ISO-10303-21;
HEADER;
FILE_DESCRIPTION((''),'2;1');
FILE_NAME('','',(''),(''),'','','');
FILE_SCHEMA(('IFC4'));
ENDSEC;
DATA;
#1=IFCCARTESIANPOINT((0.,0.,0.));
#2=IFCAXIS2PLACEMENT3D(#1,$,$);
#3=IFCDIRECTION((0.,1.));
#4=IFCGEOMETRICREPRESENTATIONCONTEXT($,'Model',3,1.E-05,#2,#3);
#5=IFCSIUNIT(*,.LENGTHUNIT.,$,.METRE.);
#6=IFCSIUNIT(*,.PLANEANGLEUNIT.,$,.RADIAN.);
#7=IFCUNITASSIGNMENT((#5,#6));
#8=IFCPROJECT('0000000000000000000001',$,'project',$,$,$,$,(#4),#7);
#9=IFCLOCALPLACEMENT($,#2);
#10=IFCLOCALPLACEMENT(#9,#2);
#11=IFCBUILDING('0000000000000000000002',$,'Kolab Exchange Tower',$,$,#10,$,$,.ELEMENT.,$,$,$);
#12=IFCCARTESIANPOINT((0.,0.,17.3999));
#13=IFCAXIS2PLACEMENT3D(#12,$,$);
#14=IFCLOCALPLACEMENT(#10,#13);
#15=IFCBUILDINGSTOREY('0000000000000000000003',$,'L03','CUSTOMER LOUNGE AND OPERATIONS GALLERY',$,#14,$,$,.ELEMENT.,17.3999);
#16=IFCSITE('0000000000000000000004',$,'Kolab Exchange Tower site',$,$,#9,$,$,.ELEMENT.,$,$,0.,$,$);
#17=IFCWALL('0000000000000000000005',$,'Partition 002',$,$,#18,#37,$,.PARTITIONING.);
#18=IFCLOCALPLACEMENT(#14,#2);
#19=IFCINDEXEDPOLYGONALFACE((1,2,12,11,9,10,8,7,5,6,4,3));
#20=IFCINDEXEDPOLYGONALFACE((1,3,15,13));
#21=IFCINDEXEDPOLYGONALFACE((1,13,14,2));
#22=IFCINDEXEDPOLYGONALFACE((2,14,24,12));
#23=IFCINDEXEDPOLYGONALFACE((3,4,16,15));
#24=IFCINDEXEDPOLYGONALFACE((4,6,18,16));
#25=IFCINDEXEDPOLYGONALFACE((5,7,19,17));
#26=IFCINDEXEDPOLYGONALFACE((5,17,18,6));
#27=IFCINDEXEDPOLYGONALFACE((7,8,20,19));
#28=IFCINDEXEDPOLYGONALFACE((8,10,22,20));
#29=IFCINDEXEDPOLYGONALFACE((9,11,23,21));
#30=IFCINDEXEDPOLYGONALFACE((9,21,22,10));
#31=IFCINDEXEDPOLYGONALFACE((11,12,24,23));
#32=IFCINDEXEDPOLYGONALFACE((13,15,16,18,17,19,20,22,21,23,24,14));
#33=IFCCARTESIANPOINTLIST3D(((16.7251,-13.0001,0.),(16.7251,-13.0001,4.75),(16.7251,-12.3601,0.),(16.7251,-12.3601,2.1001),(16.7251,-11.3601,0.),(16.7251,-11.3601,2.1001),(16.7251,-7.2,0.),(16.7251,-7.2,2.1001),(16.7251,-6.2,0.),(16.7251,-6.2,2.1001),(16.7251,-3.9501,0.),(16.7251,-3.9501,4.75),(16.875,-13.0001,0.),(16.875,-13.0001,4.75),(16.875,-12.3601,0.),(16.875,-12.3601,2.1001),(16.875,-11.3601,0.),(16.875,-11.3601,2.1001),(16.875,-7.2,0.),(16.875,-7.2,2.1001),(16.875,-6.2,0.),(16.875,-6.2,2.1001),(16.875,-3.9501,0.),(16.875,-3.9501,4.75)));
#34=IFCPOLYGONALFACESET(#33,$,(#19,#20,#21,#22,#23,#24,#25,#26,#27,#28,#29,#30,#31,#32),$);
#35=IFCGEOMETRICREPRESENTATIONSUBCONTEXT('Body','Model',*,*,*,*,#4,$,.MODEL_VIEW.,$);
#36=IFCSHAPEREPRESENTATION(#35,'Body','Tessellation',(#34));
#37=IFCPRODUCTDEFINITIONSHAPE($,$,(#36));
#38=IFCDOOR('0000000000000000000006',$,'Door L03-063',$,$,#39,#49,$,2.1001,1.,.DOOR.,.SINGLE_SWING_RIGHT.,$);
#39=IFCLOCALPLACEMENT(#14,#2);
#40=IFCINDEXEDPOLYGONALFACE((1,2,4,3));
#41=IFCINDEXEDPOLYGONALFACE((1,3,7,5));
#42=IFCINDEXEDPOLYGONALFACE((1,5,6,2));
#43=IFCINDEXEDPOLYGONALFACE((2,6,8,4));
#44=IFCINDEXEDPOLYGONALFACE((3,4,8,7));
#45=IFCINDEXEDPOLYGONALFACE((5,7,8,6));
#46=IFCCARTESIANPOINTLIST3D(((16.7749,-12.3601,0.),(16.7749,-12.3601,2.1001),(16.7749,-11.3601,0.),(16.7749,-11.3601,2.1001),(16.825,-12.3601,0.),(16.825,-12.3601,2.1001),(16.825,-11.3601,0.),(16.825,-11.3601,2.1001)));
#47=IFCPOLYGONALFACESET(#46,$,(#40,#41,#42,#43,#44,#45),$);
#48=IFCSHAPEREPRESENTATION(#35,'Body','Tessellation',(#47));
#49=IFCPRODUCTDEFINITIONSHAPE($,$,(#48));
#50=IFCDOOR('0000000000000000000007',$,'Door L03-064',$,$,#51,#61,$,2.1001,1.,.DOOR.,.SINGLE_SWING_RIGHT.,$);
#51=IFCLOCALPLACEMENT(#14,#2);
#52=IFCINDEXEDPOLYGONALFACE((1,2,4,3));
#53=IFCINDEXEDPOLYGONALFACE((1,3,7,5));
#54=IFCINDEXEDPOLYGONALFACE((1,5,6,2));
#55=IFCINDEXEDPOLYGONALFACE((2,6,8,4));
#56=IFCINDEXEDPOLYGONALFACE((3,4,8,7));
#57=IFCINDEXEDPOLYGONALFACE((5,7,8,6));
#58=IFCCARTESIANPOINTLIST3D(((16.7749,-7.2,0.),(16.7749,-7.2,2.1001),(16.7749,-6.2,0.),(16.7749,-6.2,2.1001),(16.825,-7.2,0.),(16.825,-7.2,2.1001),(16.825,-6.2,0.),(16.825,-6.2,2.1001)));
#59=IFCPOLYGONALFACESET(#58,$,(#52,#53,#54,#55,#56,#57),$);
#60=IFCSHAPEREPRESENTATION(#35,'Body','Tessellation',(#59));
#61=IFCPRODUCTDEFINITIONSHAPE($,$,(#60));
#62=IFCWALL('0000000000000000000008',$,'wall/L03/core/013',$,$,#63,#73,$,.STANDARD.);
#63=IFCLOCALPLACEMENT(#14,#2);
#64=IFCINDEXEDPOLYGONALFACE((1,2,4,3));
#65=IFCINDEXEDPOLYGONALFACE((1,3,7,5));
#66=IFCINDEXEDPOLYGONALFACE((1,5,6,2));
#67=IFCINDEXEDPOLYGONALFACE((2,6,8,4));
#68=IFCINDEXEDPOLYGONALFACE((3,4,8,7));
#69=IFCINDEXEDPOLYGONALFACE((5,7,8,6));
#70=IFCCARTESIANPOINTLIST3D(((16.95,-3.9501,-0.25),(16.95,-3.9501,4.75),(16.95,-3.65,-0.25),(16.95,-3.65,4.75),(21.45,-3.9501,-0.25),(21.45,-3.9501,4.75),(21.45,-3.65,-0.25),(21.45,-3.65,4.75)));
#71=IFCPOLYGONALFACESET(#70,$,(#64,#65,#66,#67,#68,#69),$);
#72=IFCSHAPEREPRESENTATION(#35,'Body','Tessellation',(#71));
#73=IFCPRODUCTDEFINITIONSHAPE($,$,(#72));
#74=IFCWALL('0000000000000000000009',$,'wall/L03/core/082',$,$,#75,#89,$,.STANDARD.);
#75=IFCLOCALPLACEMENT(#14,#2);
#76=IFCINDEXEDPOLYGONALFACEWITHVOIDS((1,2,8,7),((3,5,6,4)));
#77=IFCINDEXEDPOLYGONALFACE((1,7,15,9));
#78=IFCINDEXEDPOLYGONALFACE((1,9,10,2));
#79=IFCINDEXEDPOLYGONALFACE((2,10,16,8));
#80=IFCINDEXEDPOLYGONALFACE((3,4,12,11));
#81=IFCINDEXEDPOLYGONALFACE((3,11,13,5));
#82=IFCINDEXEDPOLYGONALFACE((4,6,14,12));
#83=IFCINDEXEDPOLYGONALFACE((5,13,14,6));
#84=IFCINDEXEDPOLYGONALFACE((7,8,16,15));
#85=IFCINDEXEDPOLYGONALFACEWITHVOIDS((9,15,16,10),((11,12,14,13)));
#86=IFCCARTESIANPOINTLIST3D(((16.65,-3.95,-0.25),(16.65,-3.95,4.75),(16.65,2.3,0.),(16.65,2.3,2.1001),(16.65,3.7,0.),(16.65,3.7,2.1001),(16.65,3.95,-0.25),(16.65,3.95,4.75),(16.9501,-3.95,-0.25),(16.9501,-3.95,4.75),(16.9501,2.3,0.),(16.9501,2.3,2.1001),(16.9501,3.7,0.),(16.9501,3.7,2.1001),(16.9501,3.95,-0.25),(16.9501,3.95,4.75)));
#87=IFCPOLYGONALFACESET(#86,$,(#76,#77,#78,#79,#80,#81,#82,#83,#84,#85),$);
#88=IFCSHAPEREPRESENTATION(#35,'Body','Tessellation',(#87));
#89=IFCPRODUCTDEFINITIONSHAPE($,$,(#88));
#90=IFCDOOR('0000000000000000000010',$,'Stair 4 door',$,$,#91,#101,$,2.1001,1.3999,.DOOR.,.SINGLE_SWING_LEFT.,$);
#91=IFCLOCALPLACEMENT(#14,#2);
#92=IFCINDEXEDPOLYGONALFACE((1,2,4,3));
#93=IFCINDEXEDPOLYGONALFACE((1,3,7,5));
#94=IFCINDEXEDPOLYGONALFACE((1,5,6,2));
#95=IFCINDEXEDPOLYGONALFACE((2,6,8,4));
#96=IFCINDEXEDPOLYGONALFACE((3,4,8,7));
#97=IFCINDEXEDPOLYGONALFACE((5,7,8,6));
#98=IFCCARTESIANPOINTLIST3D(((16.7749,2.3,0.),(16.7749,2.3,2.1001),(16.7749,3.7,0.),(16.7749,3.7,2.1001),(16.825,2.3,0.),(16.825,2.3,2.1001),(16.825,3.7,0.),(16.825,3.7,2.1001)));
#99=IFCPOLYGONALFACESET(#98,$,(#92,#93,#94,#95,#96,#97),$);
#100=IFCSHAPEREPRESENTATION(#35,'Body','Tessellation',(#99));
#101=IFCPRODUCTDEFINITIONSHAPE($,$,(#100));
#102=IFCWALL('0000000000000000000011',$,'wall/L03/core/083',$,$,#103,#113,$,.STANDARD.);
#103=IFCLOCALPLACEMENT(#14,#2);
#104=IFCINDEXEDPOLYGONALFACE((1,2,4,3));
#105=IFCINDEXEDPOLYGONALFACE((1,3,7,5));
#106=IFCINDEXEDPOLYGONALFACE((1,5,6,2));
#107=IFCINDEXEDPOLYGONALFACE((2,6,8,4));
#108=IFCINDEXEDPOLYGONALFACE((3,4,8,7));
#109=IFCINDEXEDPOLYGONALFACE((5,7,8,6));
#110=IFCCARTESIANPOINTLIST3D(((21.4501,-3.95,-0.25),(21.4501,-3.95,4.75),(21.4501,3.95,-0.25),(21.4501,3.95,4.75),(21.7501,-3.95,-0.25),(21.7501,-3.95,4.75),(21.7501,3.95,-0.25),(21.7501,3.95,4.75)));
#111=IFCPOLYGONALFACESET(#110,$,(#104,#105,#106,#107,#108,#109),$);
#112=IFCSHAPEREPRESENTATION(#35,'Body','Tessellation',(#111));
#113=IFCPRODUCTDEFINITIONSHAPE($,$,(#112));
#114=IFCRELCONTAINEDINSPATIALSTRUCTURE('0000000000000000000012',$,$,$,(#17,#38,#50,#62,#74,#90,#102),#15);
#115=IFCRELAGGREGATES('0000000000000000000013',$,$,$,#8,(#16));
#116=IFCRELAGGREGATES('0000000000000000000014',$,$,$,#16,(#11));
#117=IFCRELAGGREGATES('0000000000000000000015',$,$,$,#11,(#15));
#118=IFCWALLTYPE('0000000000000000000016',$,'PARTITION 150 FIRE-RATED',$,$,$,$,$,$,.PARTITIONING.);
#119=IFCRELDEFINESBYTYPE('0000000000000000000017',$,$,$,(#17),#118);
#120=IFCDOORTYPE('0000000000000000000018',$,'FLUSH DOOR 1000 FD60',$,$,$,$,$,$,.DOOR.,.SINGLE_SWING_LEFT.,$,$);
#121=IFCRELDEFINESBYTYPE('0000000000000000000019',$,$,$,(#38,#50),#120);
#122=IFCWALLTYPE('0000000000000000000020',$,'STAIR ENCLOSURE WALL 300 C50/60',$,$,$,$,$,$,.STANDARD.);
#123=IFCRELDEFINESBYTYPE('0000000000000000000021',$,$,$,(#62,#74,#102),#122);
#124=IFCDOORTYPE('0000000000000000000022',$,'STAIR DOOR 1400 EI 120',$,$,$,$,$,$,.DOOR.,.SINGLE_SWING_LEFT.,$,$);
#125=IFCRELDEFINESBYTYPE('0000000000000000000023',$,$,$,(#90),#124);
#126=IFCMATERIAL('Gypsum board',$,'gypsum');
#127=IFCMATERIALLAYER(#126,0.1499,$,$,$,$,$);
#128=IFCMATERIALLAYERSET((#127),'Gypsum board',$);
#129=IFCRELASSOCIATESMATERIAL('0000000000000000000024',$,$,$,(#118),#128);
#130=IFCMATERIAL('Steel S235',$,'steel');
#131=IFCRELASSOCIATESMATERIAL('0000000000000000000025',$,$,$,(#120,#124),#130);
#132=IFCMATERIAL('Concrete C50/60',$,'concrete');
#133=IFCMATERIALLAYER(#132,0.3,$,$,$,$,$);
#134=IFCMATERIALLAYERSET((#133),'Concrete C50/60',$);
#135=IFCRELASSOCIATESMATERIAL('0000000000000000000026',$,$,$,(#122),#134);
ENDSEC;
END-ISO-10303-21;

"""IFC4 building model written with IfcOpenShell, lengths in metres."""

from ifc_helpers import new_model, si_unit, direction, frame, frame_2d, origin, place, context, subcontext, project, spatial, rectangle, extrude, material, layer, layer_set, type_object, element, fill, save


model = new_model("IFC4")

# Units and contexts
model_context = context("Model", 3, precision=1e-05, world=origin(), true_north=direction((0.0, 1.0)))
body_context = subcontext(model_context, "Body", "Model", "MODEL_VIEW")
ifc_project = project(units=[si_unit("LENGTHUNIT", "METRE"), si_unit("PLANEANGLEUNIT", "RADIAN")], contexts=[model_context])

# Site, building, storey
site_placement = place(None, origin())
site = spatial("IfcSite", under=ifc_project, at=site_placement, Name="Kolab Exchange Tower site", CompositionType="ELEMENT", RefElevation=0.0)
building_placement = place(site_placement, origin())
building = spatial("IfcBuilding", under=site, at=building_placement, Name="Kolab Exchange Tower", CompositionType="ELEMENT")
storey_placement = place(building_placement, frame((0.0, 0.0, 17.3999)))
storey = spatial("IfcBuildingStorey", under=building, at=storey_placement, Name="L03", Description="CUSTOMER LOUNGE AND OPERATIONS GALLERY", CompositionType="ELEMENT", Elevation=17.3999)

# Shared definitions
ifc_material_1 = material(Name="Gypsum board", Category="gypsum")

# Wall, openings, doors
ifc_layer_1 = layer(ifc_material_1, 0.1499)
ifc_layer_set_1 = layer_set([ifc_layer_1], Name="Gypsum board")
wall_type_1 = type_object("IfcWallType", Name="PARTITION 150 FIRE-RATED", PredefinedType="PARTITIONING", material=ifc_layer_set_1)
wall_1_placement = place(storey_placement, frame((16.8, -13.0, 0.0), z_axis=(0.0, 0.0, 1.0), x_axis=(0.0, 1.0, 0.0)))
wall_1 = element("IfcWall", 1, at=wall_1_placement, inside=storey, type_object=wall_type_1, Name="Partition 002", PredefinedType="PARTITIONING", context=body_context, shape_type="SweptSolid", body=[
    extrude(rectangle(XDim=9.05, YDim=0.1499, at=frame_2d((4.5249, 0.0))), origin(), (0.0, 0.0, 1.0), 4.75),
])
opening_1_placement = place(wall_1_placement, frame((0.6399, 0.0, 0.0)))
opening_1 = element("IfcOpeningElement", 2, at=opening_1_placement, cuts=wall_1, PredefinedType="OPENING", context=body_context, shape_type="SweptSolid", body=[
    extrude(rectangle(XDim=1.0, YDim=2.1001, at=frame_2d((0.5, 1.05))), frame((0.0, 0.085, 0.0), z_axis=(0.0, -1.0, 0.0), x_axis=(1.0, 0.0, 0.0)), (0.0, 0.0, 1.0), 0.1699),
])
opening_2_placement = place(wall_1_placement, frame((5.8, 0.0, 0.0)))
opening_2 = element("IfcOpeningElement", 3, at=opening_2_placement, cuts=wall_1, PredefinedType="OPENING", context=body_context, shape_type="SweptSolid", body=[
    extrude(rectangle(XDim=1.0, YDim=2.1001, at=frame_2d((0.5, 1.05))), frame((0.0, 0.085, 0.0), z_axis=(0.0, -1.0, 0.0), x_axis=(1.0, 0.0, 0.0)), (0.0, 0.0, 1.0), 0.1699),
])
ifc_material_2 = material(Name="Steel S235", Category="steel")
door_type_1 = type_object("IfcDoorType", Name="FLUSH DOOR 1000 FD60", OperationType="SINGLE_SWING_LEFT", PredefinedType="DOOR", material=ifc_material_2)
door_1_placement = place(opening_1_placement, frame((1.0, 0.0, 0.0), z_axis=(0.0, 0.0, 1.0), x_axis=(-1.0, 0.0, 0.0)))
door_1 = element("IfcDoor", 4, at=door_1_placement, inside=storey, type_object=door_type_1, Name="Door L03-063", OperationType="SINGLE_SWING_RIGHT", OverallHeight=2.1001, OverallWidth=1.0, PredefinedType="DOOR", context=body_context, shape_type="SweptSolid", body=[
    extrude(rectangle(XDim=1.0, YDim=2.1001, at=frame_2d((0.5, 1.05))), frame((0.0, 0.0249, 0.0), z_axis=(0.0, -1.0, 0.0), x_axis=(1.0, 0.0, 0.0)), (0.0, 0.0, 1.0), 0.05),
])
fill(opening_1, door_1)
door_2_placement = place(opening_2_placement, frame((1.0, 0.0, 0.0), z_axis=(0.0, 0.0, 1.0), x_axis=(-1.0, 0.0, 0.0)))
door_2 = element("IfcDoor", 5, at=door_2_placement, inside=storey, type_object=door_type_1, Name="Door L03-064", OperationType="SINGLE_SWING_RIGHT", OverallHeight=2.1001, OverallWidth=1.0, PredefinedType="DOOR", context=body_context, shape_type="SweptSolid", body=[
    extrude(rectangle(XDim=1.0, YDim=2.1001, at=frame_2d((0.5, 1.05))), frame((0.0, 0.0249, 0.0), z_axis=(0.0, -1.0, 0.0), x_axis=(1.0, 0.0, 0.0)), (0.0, 0.0, 1.0), 0.05),
])
fill(opening_2, door_2)

# Wall
ifc_material_3 = material(Name="Concrete C50/60", Category="concrete")
ifc_layer_2 = layer(ifc_material_3, 0.3)
ifc_layer_set_2 = layer_set([ifc_layer_2], Name="Concrete C50/60")
wall_type_2 = type_object("IfcWallType", Name="STAIR ENCLOSURE WALL 300 C50/60", PredefinedType="STANDARD", material=ifc_layer_set_2)
wall_2_placement = place(storey_placement, frame((16.95, -3.8, -0.25), z_axis=(0.0, 0.0, 1.0), x_axis=(1.0, 0.0, 0.0)))
element("IfcWall", 6, at=wall_2_placement, inside=storey, type_object=wall_type_2, Name="wall/L03/core/013", PredefinedType="STANDARD", context=body_context, shape_type="SweptSolid", body=[
    extrude(rectangle(XDim=4.5, YDim=0.3, at=frame_2d((2.25, 0.0))), origin(), (0.0, 0.0, 1.0), 5.0),
])

# Wall, opening, door
wall_3_placement = place(storey_placement, frame((16.8, -3.95, -0.25), z_axis=(0.0, 0.0, 1.0), x_axis=(0.0, 1.0, 0.0)))
wall_3 = element("IfcWall", 7, at=wall_3_placement, inside=storey, type_object=wall_type_2, Name="wall/L03/core/082", PredefinedType="STANDARD", context=body_context, shape_type="SweptSolid", body=[
    extrude(rectangle(XDim=7.8999, YDim=0.3, at=frame_2d((3.95, 0.0))), origin(), (0.0, 0.0, 1.0), 5.0),
])
opening_3_placement = place(wall_3_placement, frame((6.25, 0.0, 0.25)))
opening_3 = element("IfcOpeningElement", 8, at=opening_3_placement, cuts=wall_3, PredefinedType="OPENING", context=body_context, shape_type="SweptSolid", body=[
    extrude(rectangle(XDim=1.3999, YDim=2.1001, at=frame_2d((0.7, 1.05))), frame((0.0, 0.1602, 0.0), z_axis=(0.0, -1.0, 0.0), x_axis=(1.0, 0.0, 0.0)), (0.0, 0.0, 1.0), 0.3201),
])
door_type_2 = type_object("IfcDoorType", Name="STAIR DOOR 1400 EI 120", OperationType="SINGLE_SWING_LEFT", PredefinedType="DOOR", material=ifc_material_2)
door_3_placement = place(opening_3_placement, frame((1.3999, 0.0, 0.0), z_axis=(0.0, 0.0, 1.0), x_axis=(-1.0, 0.0, 0.0)))
door_3 = element("IfcDoor", 9, at=door_3_placement, inside=storey, type_object=door_type_2, Name="Stair 4 door", OperationType="SINGLE_SWING_LEFT", OverallHeight=2.1001, OverallWidth=1.3999, PredefinedType="DOOR", context=body_context, shape_type="SweptSolid", body=[
    extrude(rectangle(XDim=1.3999, YDim=2.1001, at=frame_2d((0.7, 1.05))), frame((0.0, 0.0249, 0.0), z_axis=(0.0, -1.0, 0.0), x_axis=(1.0, 0.0, 0.0)), (0.0, 0.0, 1.0), 0.05),
])
fill(opening_3, door_3)

# Wall
wall_4_placement = place(storey_placement, frame((21.6001, -3.95, -0.25), z_axis=(0.0, 0.0, 1.0), x_axis=(0.0, 1.0, 0.0)))
element("IfcWall", 10, at=wall_4_placement, inside=storey, type_object=wall_type_2, Name="wall/L03/core/083", PredefinedType="STANDARD", context=body_context, shape_type="SweptSolid", body=[
    extrude(rectangle(XDim=7.8999, YDim=0.3, at=frame_2d((3.95, 0.0))), origin(), (0.0, 0.0, 1.0), 5.0),
])

save(model, "model.ifc")
